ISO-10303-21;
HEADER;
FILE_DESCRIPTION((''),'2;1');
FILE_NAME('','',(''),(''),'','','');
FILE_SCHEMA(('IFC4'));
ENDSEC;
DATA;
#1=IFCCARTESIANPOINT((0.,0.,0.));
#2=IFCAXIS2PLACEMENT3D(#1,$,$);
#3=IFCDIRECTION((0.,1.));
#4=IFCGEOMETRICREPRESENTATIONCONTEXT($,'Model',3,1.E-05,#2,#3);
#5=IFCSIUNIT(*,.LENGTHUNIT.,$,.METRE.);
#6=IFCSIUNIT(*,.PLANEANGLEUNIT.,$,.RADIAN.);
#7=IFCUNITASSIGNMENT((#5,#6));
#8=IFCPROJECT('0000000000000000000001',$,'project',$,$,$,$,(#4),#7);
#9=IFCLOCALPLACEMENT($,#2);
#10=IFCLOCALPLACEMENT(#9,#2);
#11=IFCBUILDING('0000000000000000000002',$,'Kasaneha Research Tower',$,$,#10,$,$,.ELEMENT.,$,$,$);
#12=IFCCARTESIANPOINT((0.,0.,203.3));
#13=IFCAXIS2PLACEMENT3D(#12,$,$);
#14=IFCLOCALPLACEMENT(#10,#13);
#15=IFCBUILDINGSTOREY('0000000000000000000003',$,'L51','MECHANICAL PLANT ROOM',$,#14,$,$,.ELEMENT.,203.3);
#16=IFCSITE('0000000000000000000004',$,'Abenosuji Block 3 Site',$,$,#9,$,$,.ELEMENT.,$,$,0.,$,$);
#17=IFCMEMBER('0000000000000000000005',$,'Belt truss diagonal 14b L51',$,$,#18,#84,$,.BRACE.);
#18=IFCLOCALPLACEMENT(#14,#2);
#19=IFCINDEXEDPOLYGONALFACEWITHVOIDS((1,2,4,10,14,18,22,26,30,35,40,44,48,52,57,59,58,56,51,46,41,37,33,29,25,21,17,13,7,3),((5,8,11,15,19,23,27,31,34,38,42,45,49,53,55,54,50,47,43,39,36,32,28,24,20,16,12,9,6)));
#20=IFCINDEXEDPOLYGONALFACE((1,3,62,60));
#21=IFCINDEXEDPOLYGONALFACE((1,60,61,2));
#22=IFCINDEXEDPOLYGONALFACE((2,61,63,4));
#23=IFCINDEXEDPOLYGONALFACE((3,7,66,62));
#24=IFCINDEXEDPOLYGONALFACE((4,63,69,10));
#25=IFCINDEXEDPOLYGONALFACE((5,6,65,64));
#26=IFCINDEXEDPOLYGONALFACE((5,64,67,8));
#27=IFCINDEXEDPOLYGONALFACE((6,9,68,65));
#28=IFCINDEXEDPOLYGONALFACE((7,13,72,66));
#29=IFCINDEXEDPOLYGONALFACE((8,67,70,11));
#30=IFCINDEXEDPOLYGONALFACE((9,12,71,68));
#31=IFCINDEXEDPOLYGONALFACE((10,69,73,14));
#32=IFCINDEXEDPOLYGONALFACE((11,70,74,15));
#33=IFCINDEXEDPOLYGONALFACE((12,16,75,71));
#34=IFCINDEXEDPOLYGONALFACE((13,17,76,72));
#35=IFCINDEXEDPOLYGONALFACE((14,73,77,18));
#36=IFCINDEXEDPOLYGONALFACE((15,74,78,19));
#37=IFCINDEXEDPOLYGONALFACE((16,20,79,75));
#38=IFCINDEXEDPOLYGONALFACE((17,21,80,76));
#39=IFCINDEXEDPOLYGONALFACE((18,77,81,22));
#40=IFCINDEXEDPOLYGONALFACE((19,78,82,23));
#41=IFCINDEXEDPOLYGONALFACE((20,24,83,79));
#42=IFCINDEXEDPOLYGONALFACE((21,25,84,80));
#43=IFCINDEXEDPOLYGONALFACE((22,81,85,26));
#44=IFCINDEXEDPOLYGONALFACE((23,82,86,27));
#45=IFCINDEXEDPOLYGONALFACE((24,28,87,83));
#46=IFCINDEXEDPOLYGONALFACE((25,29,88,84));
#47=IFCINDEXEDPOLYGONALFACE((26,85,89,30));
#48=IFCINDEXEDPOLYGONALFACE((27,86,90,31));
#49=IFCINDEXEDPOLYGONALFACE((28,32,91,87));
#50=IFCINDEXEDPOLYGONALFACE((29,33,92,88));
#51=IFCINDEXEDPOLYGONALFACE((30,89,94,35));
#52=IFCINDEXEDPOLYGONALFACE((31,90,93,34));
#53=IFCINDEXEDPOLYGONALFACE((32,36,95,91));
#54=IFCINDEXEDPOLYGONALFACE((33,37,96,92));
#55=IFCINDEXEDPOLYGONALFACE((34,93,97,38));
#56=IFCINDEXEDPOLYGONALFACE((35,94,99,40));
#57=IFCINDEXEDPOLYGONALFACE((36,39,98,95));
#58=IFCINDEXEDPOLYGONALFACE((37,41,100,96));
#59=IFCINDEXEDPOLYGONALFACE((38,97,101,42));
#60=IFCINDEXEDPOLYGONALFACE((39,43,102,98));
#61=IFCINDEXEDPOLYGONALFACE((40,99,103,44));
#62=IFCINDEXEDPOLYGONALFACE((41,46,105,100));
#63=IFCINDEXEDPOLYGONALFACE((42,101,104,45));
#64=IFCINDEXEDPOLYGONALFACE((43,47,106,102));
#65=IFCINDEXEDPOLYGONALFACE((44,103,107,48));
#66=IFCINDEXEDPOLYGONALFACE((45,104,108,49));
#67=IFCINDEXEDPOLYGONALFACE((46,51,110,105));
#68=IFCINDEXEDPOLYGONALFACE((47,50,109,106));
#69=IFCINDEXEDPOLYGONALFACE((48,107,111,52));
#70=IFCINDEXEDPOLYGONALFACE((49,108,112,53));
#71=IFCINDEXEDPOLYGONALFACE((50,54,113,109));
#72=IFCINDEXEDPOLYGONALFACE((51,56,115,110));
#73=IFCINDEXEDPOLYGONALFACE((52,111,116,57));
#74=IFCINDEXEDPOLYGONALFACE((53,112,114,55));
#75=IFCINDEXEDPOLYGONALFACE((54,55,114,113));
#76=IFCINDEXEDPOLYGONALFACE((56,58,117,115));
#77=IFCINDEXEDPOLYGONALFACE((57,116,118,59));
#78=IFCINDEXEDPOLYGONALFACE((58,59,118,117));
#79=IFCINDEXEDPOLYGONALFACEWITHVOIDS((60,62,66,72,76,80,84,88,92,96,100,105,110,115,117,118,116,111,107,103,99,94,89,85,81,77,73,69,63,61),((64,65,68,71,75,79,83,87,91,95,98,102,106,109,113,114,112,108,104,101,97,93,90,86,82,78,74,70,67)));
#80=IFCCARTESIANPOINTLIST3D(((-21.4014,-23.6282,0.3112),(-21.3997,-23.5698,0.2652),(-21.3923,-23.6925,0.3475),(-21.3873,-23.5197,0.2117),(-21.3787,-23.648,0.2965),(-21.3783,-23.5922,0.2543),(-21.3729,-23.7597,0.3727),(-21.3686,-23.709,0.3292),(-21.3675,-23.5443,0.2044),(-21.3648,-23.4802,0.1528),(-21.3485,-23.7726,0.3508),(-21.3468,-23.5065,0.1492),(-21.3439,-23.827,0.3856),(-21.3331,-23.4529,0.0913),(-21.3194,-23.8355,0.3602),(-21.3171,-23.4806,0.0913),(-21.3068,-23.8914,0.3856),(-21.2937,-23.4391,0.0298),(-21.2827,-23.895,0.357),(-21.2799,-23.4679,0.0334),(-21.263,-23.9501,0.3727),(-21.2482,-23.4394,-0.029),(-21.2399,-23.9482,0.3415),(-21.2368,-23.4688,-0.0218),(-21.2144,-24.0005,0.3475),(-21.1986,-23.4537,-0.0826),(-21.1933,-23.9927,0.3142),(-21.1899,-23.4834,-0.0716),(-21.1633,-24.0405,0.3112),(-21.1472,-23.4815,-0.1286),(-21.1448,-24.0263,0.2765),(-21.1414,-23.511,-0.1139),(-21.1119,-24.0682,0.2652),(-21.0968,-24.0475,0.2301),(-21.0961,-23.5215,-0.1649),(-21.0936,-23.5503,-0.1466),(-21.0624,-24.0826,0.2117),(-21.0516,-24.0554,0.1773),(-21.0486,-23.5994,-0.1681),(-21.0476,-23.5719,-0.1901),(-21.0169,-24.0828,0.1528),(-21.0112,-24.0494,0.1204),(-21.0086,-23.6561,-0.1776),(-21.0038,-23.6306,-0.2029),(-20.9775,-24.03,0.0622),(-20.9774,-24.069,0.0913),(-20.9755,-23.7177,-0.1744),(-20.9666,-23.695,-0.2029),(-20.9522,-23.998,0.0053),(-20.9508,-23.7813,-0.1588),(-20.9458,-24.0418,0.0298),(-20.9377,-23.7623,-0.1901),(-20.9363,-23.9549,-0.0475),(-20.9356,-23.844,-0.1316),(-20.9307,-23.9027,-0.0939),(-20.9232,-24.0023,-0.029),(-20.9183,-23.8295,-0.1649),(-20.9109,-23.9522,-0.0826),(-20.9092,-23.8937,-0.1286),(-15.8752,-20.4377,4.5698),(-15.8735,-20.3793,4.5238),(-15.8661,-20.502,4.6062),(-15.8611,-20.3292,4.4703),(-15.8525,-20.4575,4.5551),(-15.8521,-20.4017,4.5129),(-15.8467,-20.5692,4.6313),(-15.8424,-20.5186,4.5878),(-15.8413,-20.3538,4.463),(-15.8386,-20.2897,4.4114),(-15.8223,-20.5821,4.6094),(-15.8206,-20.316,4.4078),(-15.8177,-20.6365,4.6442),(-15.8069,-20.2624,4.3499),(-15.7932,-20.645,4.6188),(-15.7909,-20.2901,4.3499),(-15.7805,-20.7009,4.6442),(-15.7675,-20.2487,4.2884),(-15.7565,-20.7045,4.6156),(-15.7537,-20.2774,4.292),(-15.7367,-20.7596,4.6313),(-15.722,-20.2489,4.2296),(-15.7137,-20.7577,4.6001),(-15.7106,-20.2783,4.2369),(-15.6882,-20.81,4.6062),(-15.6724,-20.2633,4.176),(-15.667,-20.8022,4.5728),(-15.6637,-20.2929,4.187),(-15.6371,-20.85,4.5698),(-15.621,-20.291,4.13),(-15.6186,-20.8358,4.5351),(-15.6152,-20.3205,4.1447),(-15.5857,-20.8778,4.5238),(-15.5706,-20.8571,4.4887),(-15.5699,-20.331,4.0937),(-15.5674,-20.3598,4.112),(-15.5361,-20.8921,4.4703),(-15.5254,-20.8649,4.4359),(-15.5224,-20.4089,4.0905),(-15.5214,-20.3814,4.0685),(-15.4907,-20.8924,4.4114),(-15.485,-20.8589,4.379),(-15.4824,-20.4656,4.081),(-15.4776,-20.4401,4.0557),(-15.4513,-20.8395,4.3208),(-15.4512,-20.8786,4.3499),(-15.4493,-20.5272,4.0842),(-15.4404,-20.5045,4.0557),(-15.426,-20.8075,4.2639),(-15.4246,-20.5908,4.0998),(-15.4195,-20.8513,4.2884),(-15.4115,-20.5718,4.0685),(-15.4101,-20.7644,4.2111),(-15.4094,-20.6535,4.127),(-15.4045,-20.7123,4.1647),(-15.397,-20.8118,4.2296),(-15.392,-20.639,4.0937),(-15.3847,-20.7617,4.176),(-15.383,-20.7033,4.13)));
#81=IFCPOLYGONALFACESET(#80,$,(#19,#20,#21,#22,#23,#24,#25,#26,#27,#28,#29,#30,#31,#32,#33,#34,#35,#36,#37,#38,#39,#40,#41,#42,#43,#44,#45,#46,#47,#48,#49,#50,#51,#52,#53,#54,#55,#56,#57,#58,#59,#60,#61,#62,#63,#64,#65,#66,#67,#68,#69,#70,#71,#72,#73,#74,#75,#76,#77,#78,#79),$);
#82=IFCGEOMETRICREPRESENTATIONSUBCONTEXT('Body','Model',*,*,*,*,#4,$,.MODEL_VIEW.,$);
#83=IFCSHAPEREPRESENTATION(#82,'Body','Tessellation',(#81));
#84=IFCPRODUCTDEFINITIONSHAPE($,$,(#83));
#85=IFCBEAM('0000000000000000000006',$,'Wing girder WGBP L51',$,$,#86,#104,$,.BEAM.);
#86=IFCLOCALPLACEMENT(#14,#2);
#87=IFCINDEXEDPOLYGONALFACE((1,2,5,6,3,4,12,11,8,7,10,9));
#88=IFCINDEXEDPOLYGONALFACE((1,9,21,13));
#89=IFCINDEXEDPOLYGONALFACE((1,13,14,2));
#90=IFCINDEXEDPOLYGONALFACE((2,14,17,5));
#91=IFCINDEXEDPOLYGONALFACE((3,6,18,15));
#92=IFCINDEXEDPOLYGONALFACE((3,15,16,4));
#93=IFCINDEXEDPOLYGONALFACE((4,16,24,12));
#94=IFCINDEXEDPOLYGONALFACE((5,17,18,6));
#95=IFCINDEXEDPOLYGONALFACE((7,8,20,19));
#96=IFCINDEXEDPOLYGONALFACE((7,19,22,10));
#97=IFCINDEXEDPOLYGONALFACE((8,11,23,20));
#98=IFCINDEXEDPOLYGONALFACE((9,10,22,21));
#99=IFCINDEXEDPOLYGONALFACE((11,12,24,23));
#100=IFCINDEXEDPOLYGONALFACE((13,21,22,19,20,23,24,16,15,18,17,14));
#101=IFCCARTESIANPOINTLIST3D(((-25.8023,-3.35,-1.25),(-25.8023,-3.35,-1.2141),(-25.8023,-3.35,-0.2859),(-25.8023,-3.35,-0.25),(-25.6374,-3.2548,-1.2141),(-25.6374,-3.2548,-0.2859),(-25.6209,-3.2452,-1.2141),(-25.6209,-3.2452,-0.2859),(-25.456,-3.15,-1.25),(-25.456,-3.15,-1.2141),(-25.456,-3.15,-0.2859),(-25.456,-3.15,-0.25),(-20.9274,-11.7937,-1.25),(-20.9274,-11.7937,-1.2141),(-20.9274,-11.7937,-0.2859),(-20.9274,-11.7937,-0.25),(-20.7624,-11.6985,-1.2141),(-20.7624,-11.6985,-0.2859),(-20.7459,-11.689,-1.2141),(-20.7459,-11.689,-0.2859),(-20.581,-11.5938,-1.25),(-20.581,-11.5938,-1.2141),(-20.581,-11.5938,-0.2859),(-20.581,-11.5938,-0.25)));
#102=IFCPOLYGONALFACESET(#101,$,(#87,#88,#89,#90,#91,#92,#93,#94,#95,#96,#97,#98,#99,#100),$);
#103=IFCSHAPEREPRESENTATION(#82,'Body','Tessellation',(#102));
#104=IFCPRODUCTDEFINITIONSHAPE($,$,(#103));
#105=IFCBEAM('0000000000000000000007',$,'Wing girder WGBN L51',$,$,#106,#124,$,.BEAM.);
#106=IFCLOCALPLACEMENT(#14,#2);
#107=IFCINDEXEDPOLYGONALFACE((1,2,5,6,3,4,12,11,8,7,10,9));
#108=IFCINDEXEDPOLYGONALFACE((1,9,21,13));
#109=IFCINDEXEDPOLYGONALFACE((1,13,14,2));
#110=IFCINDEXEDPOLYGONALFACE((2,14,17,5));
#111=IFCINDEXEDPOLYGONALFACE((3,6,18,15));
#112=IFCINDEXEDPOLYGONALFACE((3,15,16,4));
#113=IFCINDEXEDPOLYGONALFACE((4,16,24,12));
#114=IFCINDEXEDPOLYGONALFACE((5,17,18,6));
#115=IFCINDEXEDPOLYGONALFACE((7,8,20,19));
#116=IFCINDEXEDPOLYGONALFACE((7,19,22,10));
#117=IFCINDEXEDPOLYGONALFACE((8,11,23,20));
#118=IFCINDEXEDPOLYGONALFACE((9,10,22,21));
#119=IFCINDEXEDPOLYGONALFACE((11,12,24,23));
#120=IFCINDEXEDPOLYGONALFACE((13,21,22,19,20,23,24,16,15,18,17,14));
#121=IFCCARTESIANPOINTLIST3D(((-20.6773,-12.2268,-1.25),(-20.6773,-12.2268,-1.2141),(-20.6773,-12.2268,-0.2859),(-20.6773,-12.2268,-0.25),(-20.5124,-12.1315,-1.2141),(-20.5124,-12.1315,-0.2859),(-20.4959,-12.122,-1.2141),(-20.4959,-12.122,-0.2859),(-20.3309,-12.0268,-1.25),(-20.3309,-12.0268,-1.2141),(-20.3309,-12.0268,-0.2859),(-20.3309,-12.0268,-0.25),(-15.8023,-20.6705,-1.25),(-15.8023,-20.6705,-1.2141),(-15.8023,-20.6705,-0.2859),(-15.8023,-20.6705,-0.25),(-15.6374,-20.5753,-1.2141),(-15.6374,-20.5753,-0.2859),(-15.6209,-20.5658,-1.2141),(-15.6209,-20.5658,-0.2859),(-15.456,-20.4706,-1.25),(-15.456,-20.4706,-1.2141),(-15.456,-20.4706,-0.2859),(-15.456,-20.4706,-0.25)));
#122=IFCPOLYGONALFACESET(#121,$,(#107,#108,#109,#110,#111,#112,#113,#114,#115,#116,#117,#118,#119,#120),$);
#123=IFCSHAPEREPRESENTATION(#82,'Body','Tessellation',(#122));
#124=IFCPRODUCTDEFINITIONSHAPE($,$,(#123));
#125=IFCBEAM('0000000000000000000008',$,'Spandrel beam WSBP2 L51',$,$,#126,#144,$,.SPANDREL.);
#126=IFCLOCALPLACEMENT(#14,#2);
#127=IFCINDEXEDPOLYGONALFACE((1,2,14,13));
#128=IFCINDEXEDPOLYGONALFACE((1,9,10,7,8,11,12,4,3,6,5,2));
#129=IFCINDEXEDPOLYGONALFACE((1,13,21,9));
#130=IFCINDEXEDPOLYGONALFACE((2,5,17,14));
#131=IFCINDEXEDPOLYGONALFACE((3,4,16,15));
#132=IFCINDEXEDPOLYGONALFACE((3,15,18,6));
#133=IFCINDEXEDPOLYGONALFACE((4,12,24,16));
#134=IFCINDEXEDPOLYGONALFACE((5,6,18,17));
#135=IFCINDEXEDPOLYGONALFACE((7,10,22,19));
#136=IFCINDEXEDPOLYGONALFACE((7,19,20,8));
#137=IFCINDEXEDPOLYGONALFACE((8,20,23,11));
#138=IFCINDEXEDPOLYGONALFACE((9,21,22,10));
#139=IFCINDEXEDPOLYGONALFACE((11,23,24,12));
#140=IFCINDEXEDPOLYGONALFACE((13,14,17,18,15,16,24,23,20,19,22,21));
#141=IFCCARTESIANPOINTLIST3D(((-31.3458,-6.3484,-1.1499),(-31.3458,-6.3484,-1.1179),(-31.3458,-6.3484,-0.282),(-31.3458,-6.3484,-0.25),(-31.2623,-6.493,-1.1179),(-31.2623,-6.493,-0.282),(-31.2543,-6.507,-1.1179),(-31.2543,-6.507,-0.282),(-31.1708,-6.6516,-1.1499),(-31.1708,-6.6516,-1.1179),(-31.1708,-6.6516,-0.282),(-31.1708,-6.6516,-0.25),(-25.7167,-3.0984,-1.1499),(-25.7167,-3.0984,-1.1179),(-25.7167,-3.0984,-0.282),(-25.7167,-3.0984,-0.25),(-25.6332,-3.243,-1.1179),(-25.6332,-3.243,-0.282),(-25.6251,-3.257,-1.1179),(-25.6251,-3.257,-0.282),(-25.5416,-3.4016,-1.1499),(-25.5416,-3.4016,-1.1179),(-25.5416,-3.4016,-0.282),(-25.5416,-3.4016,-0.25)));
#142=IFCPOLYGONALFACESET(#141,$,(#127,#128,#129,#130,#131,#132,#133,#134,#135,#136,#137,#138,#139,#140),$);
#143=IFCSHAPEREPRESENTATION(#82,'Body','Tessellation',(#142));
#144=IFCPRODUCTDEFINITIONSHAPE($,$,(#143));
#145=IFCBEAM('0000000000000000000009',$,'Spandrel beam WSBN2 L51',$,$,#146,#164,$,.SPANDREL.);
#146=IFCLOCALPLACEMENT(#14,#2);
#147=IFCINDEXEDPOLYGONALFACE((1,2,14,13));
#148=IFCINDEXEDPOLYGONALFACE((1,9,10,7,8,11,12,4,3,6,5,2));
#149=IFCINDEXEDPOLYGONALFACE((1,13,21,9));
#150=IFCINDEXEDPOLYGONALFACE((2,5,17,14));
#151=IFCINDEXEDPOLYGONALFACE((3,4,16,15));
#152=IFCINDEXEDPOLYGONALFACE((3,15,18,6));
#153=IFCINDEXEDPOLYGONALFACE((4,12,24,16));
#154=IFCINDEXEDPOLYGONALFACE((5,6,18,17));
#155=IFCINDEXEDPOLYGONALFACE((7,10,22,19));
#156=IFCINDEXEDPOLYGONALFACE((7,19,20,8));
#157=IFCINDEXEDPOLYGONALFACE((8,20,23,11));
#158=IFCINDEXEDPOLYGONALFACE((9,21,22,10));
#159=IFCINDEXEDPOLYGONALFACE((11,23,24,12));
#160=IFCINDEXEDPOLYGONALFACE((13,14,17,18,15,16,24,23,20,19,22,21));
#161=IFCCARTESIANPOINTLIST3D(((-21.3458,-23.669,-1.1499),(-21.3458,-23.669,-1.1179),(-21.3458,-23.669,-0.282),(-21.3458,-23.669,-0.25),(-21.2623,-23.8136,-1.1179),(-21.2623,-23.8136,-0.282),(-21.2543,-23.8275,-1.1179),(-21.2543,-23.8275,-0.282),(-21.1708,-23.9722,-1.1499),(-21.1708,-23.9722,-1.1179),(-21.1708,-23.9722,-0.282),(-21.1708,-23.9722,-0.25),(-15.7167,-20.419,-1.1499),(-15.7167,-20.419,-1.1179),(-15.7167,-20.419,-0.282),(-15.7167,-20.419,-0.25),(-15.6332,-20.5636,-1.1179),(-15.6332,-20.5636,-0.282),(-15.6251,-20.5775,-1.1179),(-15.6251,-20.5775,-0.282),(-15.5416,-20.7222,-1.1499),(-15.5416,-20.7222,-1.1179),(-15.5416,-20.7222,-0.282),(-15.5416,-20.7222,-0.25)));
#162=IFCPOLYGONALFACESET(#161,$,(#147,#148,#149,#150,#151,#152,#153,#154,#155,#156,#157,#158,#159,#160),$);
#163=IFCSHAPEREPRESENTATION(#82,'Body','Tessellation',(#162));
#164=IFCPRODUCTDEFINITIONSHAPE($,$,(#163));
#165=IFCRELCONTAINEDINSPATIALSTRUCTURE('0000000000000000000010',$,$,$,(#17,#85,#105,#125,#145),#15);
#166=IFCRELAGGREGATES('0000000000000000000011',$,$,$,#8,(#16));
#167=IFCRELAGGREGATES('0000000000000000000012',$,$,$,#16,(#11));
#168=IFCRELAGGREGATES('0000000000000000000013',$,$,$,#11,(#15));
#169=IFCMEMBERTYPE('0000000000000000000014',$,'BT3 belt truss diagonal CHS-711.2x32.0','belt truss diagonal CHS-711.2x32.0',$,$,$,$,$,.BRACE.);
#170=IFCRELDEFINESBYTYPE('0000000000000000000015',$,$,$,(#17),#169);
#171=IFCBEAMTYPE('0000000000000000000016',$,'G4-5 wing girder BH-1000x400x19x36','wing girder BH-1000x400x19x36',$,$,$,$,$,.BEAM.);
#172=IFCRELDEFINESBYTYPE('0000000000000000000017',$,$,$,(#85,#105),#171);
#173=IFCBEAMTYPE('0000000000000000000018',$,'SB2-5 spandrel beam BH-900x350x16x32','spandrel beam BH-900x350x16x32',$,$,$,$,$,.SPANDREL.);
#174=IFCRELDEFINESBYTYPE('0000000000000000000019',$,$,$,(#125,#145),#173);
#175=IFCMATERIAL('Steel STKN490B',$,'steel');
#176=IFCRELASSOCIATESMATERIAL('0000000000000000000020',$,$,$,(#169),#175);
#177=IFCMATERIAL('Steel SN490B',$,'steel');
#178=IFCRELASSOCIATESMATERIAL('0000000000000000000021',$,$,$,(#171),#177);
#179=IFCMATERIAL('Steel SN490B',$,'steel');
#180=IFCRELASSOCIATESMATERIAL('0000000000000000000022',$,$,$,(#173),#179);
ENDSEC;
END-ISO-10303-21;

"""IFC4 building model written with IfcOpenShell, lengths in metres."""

from ifc_helpers import new_model, si_unit, direction, frame, origin, origin_2d, place, context, subcontext, project, spatial, hollow_circle, i_section, extrude, material, material_profile, profile_set, type_object, element, save


model = new_model("IFC4")

# Units and contexts
model_context = context("Model", 3, precision=1e-05, world=origin(), true_north=direction((0.0, 1.0)))
body_context = subcontext(model_context, "Body", "Model", "MODEL_VIEW")
ifc_project = project(units=[si_unit("LENGTHUNIT", "METRE"), si_unit("PLANEANGLEUNIT", "RADIAN")], contexts=[model_context])

# Site, building, storey
site_placement = place(None, origin())
site = spatial("IfcSite", under=ifc_project, at=site_placement, Name="Abenosuji Block 3 Site", CompositionType="ELEMENT", RefElevation=0.0)
building_placement = place(site_placement, origin())
building = spatial("IfcBuilding", under=site, at=building_placement, Name="Kasaneha Research Tower", CompositionType="ELEMENT")
storey_placement = place(building_placement, frame((0.0, 0.0, 203.3)))
storey = spatial("IfcBuildingStorey", under=building, at=storey_placement, Name="L51", Description="MECHANICAL PLANT ROOM", CompositionType="ELEMENT", Elevation=203.3)

# Member
ifc_material_1 = material(Name="Steel STKN490B", Category="steel")
ifc_material_profile_1 = material_profile(ifc_material_1, hollow_circle(Radius=0.3557, WallThickness=0.032, at=origin_2d()), Name="CHS-711.2x32.0")
ifc_profile_set_1 = profile_set([ifc_material_profile_1], Name="Steel STKN490B")
member_type = type_object("IfcMemberType", Name="BT3 belt truss diagonal CHS-711.2x32.0", Description="belt truss diagonal CHS-711.2x32.0", PredefinedType="BRACE", material=ifc_profile_set_1)
for number, where, z_axis, x_axis, name in (
    (1, (-21.1553, -23.761, 0.0913), (0.720343, 0.41588, 0.555112), (-0.499991, 0.866031, 0.0), "Belt truss diagonal 14b L51"),
):
    element("IfcMember", number, at=place(storey_placement, frame(where, z_axis=z_axis, x_axis=x_axis)), inside=storey, type_object=member_type, Name=name, PredefinedType="BRACE", context=body_context, shape_type="SweptSolid", body=[
        extrude(hollow_circle(Radius=0.3557, WallThickness=0.032, at=origin_2d()), origin(), (0.0, 0.0, 1.0), 7.6716),
    ])

# Beams
ifc_material_2 = material(Name="Steel SN490B", Category="steel")
ifc_material_profile_2 = material_profile(ifc_material_2, i_section(OverallWidth=0.3999, OverallDepth=1.0, WebThickness=0.019, FlangeThickness=0.0359, at=origin_2d()), Name="BH-1000x400x19x36")
ifc_profile_set_2 = profile_set([ifc_material_profile_2], Name="Steel SN490B")
beam_type_1 = type_object("IfcBeamType", Name="G4-5 wing girder BH-1000x400x19x36", Description="wing girder BH-1000x400x19x36", PredefinedType="BEAM", material=ifc_profile_set_2)
for number, where, z_axis, x_axis, name in (
    (2, (-25.6292, -3.25, -0.75), (0.499996, -0.866028, 0.0), (0.866028, 0.499996, 0.0), "Wing girder WGBP L51"),
    (3, (-15.6292, -20.5706, -0.75), (-0.499996, 0.866028, 0.0), (-0.866028, -0.499996, 0.0), "Wing girder WGBN L51"),
):
    element("IfcBeam", number, at=place(storey_placement, frame(where, z_axis=z_axis, x_axis=x_axis)), inside=storey, type_object=beam_type_1, Name=name, PredefinedType="BEAM", context=body_context, shape_type="SweptSolid", body=[
        extrude(i_section(OverallWidth=0.3999, OverallDepth=1.0, WebThickness=0.019, FlangeThickness=0.0359, at=origin_2d()), origin(), (0.0, 0.0, 1.0), 9.75),
    ])
ifc_material_3 = material(Name="Steel SN490B", Category="steel")
ifc_material_profile_3 = material_profile(ifc_material_3, i_section(OverallWidth=0.3501, OverallDepth=0.8999, WebThickness=0.0161, FlangeThickness=0.032, at=origin_2d()), Name="BH-900x350x16x32")
ifc_profile_set_3 = profile_set([ifc_material_profile_3], Name="Steel SN490B")
beam_type_2 = type_object("IfcBeamType", Name="SB2-5 spandrel beam BH-900x350x16x32", Description="spandrel beam BH-900x350x16x32", PredefinedType="SPANDREL", material=ifc_profile_set_3)
for number, where, z_axis, x_axis, name in (
    (4, (-25.6292, -3.25, -0.7), (-0.866025, -0.500001, 0.0), (0.500001, -0.866025, 0.0), "Spandrel beam WSBP2 L51"),
    (5, (-15.6292, -20.5706, -0.7), (-0.866025, -0.500001, 0.0), (0.500001, -0.866025, 0.0), "Spandrel beam WSBN2 L51"),
):
    element("IfcBeam", number, at=place(storey_placement, frame(where, z_axis=z_axis, x_axis=x_axis)), inside=storey, type_object=beam_type_2, Name=name, PredefinedType="SPANDREL", context=body_context, shape_type="SweptSolid", body=[
        extrude(i_section(OverallWidth=0.3501, OverallDepth=0.8999, WebThickness=0.0161, FlangeThickness=0.032, at=origin_2d()), origin(), (0.0, 0.0, 1.0), 6.5),
    ])

save(model, "model.ifc")
